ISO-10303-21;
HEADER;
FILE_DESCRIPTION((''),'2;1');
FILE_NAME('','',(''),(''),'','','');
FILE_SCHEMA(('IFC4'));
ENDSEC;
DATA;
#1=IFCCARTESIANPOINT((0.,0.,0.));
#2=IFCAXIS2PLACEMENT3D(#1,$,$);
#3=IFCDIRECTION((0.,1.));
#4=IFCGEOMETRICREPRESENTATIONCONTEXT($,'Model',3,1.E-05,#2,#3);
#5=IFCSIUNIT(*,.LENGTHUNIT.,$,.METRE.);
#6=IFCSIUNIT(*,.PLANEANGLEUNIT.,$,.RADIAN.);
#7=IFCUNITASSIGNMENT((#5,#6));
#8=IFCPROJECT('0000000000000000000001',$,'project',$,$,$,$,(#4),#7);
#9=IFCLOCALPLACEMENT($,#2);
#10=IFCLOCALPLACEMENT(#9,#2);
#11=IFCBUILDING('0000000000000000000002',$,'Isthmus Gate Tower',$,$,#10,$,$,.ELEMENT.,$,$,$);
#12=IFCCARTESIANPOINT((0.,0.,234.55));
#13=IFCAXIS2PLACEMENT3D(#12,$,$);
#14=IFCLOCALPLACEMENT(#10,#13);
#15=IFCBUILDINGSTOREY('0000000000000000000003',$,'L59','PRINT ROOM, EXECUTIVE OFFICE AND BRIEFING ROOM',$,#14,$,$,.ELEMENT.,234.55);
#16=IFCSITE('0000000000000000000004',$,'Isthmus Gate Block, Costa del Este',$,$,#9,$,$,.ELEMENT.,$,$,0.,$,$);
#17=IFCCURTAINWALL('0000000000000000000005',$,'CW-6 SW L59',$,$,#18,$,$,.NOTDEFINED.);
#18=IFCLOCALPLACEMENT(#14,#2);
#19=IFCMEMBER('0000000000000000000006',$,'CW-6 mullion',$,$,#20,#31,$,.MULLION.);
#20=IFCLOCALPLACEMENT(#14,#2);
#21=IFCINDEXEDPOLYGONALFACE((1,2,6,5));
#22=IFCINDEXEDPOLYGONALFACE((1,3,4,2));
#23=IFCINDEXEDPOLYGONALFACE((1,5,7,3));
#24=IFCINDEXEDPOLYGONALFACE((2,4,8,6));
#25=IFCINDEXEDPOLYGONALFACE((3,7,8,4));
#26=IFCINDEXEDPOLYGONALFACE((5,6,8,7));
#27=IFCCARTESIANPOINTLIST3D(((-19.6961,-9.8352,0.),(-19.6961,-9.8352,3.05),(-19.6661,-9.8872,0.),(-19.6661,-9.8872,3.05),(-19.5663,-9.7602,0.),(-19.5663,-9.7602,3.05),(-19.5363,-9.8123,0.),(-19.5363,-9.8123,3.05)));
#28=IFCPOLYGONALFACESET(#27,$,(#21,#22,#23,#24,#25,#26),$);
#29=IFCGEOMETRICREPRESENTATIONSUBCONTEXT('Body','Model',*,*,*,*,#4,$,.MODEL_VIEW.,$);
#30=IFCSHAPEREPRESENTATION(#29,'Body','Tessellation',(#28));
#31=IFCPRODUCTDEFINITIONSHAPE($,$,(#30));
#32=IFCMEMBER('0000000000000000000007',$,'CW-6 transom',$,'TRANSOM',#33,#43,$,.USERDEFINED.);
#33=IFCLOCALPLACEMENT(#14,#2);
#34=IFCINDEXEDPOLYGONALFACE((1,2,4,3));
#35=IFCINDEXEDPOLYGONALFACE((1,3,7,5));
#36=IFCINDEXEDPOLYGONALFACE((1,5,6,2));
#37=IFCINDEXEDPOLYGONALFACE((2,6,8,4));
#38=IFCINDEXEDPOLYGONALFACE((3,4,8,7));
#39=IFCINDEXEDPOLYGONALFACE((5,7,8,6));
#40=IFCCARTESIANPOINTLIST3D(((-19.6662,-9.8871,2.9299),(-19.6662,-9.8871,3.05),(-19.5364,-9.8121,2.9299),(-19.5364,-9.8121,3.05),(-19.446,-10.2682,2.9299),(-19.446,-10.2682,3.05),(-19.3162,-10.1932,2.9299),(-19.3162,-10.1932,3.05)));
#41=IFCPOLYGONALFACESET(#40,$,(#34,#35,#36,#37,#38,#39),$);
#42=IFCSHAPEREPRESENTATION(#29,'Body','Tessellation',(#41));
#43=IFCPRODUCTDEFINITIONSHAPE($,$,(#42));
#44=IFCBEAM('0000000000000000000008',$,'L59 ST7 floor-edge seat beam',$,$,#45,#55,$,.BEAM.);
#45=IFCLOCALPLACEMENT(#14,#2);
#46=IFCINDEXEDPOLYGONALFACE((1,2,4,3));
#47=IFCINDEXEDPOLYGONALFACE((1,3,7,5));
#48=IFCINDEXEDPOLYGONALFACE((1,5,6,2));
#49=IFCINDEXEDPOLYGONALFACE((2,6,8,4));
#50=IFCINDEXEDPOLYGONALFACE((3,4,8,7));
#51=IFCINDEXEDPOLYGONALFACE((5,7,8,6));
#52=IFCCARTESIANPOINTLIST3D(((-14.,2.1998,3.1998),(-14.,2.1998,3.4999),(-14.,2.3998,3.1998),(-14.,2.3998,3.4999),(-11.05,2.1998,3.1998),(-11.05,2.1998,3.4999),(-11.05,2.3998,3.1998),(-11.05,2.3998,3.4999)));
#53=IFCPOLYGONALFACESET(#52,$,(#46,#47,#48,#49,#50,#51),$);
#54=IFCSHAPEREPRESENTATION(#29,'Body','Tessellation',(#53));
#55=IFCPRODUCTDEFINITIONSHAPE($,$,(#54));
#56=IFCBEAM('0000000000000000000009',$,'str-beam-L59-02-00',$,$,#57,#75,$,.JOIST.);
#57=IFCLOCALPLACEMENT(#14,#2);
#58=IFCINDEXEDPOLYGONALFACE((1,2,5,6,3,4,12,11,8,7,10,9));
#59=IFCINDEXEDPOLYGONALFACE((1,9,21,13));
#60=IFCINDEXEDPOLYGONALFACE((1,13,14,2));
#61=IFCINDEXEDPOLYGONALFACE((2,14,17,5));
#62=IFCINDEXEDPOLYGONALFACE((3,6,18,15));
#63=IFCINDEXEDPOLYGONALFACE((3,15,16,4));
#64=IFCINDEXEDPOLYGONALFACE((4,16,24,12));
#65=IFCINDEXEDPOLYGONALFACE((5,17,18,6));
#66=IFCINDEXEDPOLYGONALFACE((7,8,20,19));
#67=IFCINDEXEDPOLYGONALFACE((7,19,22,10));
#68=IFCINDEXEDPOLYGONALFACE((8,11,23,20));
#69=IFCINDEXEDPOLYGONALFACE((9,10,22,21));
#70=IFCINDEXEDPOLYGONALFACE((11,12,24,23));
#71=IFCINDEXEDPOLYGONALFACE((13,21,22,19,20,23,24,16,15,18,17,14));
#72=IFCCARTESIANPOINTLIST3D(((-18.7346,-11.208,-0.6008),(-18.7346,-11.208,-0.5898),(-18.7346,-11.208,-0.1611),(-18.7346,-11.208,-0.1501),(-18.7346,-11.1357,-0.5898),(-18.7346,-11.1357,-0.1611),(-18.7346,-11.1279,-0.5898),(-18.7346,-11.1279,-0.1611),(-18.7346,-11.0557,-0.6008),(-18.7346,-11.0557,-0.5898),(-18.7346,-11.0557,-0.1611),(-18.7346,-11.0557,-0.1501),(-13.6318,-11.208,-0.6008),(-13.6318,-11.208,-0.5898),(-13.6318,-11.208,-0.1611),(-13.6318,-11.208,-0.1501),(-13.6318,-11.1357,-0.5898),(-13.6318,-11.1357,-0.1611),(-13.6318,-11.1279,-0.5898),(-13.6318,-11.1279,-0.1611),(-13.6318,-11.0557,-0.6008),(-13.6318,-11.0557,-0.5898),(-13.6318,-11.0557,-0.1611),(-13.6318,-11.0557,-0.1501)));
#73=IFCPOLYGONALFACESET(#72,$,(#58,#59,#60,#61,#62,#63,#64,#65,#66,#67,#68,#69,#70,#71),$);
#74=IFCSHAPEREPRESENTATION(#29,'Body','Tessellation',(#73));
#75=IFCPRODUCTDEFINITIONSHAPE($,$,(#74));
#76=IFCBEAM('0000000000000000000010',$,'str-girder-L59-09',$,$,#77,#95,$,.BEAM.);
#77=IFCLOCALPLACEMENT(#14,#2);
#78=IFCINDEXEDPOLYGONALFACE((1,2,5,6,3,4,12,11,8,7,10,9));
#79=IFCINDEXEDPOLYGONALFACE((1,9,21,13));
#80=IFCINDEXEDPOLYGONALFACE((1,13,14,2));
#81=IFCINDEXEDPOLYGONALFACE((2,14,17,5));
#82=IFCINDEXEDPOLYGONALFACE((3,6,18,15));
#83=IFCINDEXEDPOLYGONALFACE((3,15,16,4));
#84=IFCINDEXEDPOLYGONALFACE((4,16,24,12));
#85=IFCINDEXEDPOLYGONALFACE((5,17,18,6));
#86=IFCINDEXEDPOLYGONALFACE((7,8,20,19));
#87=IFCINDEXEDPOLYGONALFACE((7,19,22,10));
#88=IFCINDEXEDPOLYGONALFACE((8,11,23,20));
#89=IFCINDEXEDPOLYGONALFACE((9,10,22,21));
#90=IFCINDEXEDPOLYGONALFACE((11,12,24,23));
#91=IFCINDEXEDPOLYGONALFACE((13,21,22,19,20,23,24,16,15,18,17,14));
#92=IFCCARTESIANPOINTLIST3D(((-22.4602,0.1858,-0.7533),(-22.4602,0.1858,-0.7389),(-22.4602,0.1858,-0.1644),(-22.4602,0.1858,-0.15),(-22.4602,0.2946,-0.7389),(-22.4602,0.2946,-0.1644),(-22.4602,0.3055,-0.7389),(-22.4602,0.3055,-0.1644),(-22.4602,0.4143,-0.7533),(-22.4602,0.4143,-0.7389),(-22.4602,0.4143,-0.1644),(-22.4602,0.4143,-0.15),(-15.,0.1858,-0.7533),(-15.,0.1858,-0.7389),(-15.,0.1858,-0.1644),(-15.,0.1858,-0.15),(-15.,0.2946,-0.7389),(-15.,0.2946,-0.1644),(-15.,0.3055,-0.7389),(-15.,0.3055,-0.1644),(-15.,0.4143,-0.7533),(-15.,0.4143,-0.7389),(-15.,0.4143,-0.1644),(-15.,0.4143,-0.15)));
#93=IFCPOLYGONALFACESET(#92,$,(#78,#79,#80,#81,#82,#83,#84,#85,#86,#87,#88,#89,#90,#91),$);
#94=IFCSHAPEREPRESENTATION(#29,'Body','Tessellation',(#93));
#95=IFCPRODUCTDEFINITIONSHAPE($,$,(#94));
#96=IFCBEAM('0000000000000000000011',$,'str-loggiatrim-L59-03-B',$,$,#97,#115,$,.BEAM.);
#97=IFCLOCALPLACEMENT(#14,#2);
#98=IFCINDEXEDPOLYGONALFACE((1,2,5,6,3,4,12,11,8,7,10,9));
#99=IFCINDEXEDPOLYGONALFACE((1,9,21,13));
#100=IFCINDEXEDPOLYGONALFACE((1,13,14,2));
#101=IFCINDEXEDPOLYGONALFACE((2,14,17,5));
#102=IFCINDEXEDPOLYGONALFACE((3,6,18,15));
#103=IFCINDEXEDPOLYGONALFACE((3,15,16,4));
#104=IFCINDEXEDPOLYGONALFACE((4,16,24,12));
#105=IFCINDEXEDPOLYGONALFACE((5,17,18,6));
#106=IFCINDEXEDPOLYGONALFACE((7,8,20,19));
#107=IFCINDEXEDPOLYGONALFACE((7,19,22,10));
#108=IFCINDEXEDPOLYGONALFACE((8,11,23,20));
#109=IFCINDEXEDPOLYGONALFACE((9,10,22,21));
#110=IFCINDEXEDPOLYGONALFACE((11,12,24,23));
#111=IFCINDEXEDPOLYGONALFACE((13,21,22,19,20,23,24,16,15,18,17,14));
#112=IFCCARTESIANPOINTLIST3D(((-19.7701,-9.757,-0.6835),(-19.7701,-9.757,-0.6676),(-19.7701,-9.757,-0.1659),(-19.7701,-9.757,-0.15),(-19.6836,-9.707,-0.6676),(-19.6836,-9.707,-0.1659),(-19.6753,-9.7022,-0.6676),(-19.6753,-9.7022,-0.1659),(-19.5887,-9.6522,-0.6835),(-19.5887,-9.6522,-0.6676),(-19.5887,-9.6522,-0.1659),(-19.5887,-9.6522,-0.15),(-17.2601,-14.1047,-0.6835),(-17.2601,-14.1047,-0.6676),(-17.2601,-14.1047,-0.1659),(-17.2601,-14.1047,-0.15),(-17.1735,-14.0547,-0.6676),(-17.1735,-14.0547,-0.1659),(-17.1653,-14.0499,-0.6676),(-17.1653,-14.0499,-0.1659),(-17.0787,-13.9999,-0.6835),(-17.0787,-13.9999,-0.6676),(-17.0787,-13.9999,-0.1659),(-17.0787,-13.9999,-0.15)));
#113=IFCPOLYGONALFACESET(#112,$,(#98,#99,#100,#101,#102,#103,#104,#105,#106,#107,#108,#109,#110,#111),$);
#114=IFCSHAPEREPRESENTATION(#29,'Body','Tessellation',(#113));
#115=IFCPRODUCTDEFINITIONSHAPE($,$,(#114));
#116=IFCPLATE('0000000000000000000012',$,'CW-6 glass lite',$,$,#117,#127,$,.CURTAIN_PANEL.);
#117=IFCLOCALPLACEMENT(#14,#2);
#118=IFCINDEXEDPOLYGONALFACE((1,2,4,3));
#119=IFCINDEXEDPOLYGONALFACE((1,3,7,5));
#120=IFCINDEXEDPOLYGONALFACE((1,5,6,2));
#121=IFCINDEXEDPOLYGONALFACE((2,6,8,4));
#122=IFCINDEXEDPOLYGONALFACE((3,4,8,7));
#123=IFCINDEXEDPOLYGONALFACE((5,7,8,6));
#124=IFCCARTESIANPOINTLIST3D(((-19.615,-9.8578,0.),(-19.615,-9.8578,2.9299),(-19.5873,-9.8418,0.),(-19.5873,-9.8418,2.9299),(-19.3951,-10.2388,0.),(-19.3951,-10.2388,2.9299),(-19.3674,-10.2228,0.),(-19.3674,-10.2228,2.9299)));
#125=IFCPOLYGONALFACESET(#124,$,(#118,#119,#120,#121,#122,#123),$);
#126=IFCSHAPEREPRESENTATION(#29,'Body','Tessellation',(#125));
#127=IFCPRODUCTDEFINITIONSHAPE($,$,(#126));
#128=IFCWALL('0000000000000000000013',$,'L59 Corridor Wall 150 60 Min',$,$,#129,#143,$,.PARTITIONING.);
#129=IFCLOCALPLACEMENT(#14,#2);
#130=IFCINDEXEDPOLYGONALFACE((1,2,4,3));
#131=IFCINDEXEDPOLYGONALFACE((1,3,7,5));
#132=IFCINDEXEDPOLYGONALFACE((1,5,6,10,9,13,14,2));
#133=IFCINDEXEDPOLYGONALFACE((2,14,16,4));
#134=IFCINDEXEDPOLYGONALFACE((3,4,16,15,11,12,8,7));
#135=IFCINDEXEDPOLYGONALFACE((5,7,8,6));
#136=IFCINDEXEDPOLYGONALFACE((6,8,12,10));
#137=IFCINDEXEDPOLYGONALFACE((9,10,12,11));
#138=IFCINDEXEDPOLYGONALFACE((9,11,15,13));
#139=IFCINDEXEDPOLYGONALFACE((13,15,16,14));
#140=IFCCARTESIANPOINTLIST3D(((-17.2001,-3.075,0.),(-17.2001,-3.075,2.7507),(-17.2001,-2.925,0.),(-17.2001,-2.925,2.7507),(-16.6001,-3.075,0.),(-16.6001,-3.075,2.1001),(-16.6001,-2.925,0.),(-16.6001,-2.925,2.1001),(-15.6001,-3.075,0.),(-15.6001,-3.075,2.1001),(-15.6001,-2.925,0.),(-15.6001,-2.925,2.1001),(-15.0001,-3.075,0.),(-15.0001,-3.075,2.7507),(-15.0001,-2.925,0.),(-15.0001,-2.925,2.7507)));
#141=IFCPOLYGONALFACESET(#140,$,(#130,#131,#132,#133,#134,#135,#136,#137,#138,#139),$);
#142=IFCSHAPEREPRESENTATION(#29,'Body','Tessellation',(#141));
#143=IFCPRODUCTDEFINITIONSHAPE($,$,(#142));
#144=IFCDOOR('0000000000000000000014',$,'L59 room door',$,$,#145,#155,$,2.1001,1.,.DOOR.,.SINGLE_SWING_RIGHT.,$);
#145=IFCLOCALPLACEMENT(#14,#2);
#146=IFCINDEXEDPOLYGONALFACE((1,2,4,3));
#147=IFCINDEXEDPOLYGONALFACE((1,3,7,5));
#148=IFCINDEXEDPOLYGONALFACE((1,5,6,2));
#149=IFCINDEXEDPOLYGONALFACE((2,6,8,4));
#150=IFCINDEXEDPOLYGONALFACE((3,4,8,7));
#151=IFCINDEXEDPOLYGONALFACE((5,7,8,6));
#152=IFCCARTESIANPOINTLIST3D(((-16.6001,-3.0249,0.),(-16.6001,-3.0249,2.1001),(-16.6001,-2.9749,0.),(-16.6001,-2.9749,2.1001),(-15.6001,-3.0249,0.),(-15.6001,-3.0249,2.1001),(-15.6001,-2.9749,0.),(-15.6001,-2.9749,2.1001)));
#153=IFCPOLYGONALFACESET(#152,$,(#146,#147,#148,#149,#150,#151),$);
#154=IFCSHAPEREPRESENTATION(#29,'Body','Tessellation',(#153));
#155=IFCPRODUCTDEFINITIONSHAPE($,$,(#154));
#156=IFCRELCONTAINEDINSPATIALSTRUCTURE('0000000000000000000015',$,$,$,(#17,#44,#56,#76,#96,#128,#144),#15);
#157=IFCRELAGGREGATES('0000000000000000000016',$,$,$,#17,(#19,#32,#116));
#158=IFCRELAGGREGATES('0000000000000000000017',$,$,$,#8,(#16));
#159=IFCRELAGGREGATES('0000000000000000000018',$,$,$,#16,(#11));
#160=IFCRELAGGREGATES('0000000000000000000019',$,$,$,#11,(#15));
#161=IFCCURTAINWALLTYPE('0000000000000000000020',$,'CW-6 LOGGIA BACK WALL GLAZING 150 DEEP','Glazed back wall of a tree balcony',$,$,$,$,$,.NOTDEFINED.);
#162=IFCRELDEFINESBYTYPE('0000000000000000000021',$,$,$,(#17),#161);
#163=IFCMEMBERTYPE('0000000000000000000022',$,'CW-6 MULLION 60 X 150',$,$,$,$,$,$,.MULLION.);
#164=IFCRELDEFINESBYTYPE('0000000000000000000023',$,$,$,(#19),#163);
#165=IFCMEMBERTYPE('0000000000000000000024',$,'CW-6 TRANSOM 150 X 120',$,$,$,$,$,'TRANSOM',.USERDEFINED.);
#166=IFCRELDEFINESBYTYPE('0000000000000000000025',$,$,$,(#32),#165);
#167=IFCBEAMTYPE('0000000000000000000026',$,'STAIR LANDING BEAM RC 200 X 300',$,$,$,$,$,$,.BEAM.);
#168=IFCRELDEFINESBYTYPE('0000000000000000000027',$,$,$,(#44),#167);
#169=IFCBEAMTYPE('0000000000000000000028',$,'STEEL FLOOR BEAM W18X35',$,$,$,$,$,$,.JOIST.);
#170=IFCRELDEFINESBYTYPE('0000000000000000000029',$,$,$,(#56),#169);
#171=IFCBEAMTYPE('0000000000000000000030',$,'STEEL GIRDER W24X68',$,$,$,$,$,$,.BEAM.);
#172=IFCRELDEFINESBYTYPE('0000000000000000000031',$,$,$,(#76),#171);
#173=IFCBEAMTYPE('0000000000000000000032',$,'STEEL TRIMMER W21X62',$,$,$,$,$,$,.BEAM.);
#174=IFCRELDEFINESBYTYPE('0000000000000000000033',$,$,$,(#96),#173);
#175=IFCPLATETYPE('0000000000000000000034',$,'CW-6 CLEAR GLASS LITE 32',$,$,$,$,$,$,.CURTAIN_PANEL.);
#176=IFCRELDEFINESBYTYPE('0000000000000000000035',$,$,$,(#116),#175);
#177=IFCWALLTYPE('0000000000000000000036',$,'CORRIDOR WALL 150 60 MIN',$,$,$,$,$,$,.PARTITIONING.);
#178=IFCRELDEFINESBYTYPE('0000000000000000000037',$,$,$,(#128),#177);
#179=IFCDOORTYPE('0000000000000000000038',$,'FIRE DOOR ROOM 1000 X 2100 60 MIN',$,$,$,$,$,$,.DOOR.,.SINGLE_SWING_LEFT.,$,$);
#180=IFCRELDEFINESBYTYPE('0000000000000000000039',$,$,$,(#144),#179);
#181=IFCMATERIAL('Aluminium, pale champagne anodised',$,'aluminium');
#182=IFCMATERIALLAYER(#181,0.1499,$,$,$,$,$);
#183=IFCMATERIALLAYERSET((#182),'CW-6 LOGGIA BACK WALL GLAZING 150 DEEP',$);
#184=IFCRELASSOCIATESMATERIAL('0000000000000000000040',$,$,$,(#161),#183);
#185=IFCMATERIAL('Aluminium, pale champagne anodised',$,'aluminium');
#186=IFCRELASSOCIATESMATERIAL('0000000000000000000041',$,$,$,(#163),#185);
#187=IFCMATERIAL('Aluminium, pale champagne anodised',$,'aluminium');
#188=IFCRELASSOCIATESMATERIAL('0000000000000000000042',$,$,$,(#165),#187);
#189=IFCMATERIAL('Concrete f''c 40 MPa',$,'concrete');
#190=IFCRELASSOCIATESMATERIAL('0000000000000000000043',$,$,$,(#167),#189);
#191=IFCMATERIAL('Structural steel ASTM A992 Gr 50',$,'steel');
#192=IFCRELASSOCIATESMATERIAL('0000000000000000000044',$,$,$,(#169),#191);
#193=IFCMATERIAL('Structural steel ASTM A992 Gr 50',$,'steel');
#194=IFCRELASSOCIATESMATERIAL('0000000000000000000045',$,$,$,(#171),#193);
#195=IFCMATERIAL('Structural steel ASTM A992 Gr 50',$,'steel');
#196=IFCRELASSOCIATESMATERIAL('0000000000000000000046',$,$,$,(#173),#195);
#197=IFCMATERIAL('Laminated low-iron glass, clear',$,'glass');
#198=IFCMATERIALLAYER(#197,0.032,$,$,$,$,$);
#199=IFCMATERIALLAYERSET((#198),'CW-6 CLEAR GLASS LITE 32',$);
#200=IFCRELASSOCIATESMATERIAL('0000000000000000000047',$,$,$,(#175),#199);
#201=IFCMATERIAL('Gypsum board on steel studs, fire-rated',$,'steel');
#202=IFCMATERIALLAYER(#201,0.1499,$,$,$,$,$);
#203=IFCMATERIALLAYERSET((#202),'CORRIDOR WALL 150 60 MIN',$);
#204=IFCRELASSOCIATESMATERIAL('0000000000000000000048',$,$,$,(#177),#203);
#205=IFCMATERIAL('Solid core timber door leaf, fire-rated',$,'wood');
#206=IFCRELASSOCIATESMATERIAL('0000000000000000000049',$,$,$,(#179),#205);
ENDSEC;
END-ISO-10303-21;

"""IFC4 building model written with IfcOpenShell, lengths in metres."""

from ifc_helpers import new_model, si_unit, direction, frame, frame_2d, origin, origin_2d, place, context, subcontext, project, spatial, rectangle, i_section, extrude, material, layer, layer_set, material_profile, profile_set, type_object, element, fill, aggregate, save


model = new_model("IFC4")

# Units and contexts
model_context = context("Model", 3, precision=1e-05, world=origin(), true_north=direction((0.0, 1.0)))
body_context = subcontext(model_context, "Body", "Model", "MODEL_VIEW")
ifc_project = project(units=[si_unit("LENGTHUNIT", "METRE"), si_unit("PLANEANGLEUNIT", "RADIAN")], contexts=[model_context])

# Site, building, storey
site_placement = place(None, origin())
site = spatial("IfcSite", under=ifc_project, at=site_placement, Name="Isthmus Gate Block, Costa del Este", CompositionType="ELEMENT", RefElevation=0.0)
building_placement = place(site_placement, origin())
building = spatial("IfcBuilding", under=site, at=building_placement, Name="Isthmus Gate Tower", CompositionType="ELEMENT")
storey_placement = place(building_placement, frame((0.0, 0.0, 234.55)))
storey = spatial("IfcBuildingStorey", under=building, at=storey_placement, Name="L59", Description="PRINT ROOM, EXECUTIVE OFFICE AND BRIEFING ROOM", CompositionType="ELEMENT", Elevation=234.55)

# Curtain wall, members
ifc_material_1 = material(Name="Aluminium, pale champagne anodised", Category="aluminium")
ifc_layer_1 = layer(ifc_material_1, 0.1499)
ifc_layer_set_1 = layer_set([ifc_layer_1], Name="CW-6 LOGGIA BACK WALL GLAZING 150 DEEP")
curtain_wall_type = type_object("IfcCurtainWallType", Name="CW-6 LOGGIA BACK WALL GLAZING 150 DEEP", Description="Glazed back wall of a tree balcony", PredefinedType="NOTDEFINED", material=ifc_layer_set_1)
curtain_wall_placement = place(storey_placement, origin())
curtain_wall = element("IfcCurtainWall", 1, at=curtain_wall_placement, inside=storey, type_object=curtain_wall_type, Name="CW-6 SW L59", PredefinedType="NOTDEFINED")
ifc_material_2 = material(Name="Aluminium, pale champagne anodised", Category="aluminium")
ifc_material_profile_1 = material_profile(ifc_material_2, rectangle(XDim=0.0601, YDim=0.1499, at=origin_2d()), Name="60x150")
ifc_profile_set_1 = profile_set([ifc_material_profile_1], Name="Aluminium, pale champagne anodised")
member_type_1 = type_object("IfcMemberType", Name="CW-6 MULLION 60 X 150", PredefinedType="MULLION", material=ifc_profile_set_1)
member_1_placement = place(storey_placement, frame((-19.6162, -9.8237, 0.0), z_axis=(0.0, 0.0, 1.0), x_axis=(0.5, -0.866025, 0.0)))
member_1 = element("IfcMember", 2, at=member_1_placement, type_object=member_type_1, Name="CW-6 mullion", PredefinedType="MULLION", context=body_context, shape_type="SweptSolid", body=[
    extrude(rectangle(XDim=0.0601, YDim=0.1499, at=origin_2d()), origin(), (0.0, 0.0, 1.0), 3.05),
])
ifc_material_3 = material(Name="Aluminium, pale champagne anodised", Category="aluminium")
ifc_material_profile_2 = material_profile(ifc_material_3, rectangle(XDim=0.1499, YDim=0.1201, at=origin_2d()), Name="150x120")
ifc_profile_set_2 = profile_set([ifc_material_profile_2], Name="Aluminium, pale champagne anodised")
member_type_2 = type_object("IfcMemberType", Name="CW-6 TRANSOM 150 X 120", ElementType="TRANSOM", PredefinedType="USERDEFINED", material=ifc_profile_set_2)
member_2_placement = place(storey_placement, frame((-19.6013, -9.8496, 2.99), z_axis=(0.500315, -0.865844, 0.0), x_axis=(0.865844, 0.500315, 0.0)))
member_2 = element("IfcMember", 3, at=member_2_placement, type_object=member_type_2, Name="CW-6 transom", ObjectType="TRANSOM", PredefinedType="USERDEFINED", context=body_context, shape_type="SweptSolid", body=[
    extrude(rectangle(XDim=0.1499, YDim=0.1201, at=origin_2d()), origin(), (0.0, 0.0, 1.0), 0.4402),
])

# Beams
ifc_material_4 = material(Name="Concrete f'c 40 MPa", Category="concrete")
ifc_material_profile_3 = material_profile(ifc_material_4, rectangle(XDim=0.2, YDim=0.3, at=origin_2d()), Name="STAIR LANDING BEAM RC 200 X 300")
ifc_profile_set_3 = profile_set([ifc_material_profile_3], Name="Concrete f'c 40 MPa")
beam_type_1 = type_object("IfcBeamType", Name="STAIR LANDING BEAM RC 200 X 300", PredefinedType="BEAM", material=ifc_profile_set_3)
beam_1_placement = place(storey_placement, frame((-14.0, 2.2998, 3.3499), z_axis=(1.0, 0.0, 0.0), x_axis=(0.0, 1.0, 0.0)))
element("IfcBeam", 4, at=beam_1_placement, inside=storey, type_object=beam_type_1, Name="L59 ST7 floor-edge seat beam", PredefinedType="BEAM", context=body_context, shape_type="SweptSolid", body=[
    extrude(rectangle(XDim=0.2, YDim=0.3, at=origin_2d()), origin(), (0.0, 0.0, 1.0), 2.95),
])
ifc_material_5 = material(Name="Structural steel ASTM A992 Gr 50", Category="steel")
ifc_material_profile_4 = material_profile(ifc_material_5, i_section(OverallWidth=0.1523, OverallDepth=0.4507, WebThickness=0.0078, FlangeThickness=0.011, at=origin_2d()), Name="W18X35")
ifc_profile_set_4 = profile_set([ifc_material_profile_4], Name="Structural steel ASTM A992 Gr 50")
beam_type_2 = type_object("IfcBeamType", Name="STEEL FLOOR BEAM W18X35", PredefinedType="JOIST", material=ifc_profile_set_4)
beam_2_placement = place(storey_placement, frame((-18.7346, -11.1318, -0.3755), z_axis=(1.0, 0.0, 0.0), x_axis=(0.0, 1.0, 0.0)))
element("IfcBeam", 5, at=beam_2_placement, inside=storey, type_object=beam_type_2, Name="str-beam-L59-02-00", PredefinedType="JOIST", context=body_context, shape_type="SweptSolid", body=[
    extrude(i_section(OverallWidth=0.1523, OverallDepth=0.4507, WebThickness=0.0078, FlangeThickness=0.011, at=origin_2d()), origin(), (0.0, 0.0, 1.0), 5.1028),
])
ifc_material_6 = material(Name="Structural steel ASTM A992 Gr 50", Category="steel")
ifc_material_profile_5 = material_profile(ifc_material_6, i_section(OverallWidth=0.2285, OverallDepth=0.6033, WebThickness=0.011, FlangeThickness=0.0144, at=origin_2d()), Name="W24X68")
ifc_profile_set_5 = profile_set([ifc_material_profile_5], Name="Structural steel ASTM A992 Gr 50")
beam_type_3 = type_object("IfcBeamType", Name="STEEL GIRDER W24X68", PredefinedType="BEAM", material=ifc_profile_set_5)
beam_3_placement = place(storey_placement, frame((-15.0, 0.3, -0.4517), z_axis=(-1.0, 0.0, 0.0), x_axis=(0.0, -1.0, 0.0)))
element("IfcBeam", 6, at=beam_3_placement, inside=storey, type_object=beam_type_3, Name="str-girder-L59-09", PredefinedType="BEAM", context=body_context, shape_type="SweptSolid", body=[
    extrude(i_section(OverallWidth=0.2285, OverallDepth=0.6033, WebThickness=0.011, FlangeThickness=0.0144, at=origin_2d()), origin(), (0.0, 0.0, 1.0), 7.4602),
])
ifc_material_7 = material(Name="Structural steel ASTM A992 Gr 50", Category="steel")
ifc_material_profile_6 = material_profile(ifc_material_7, i_section(OverallWidth=0.2095, OverallDepth=0.5334, WebThickness=0.0095, FlangeThickness=0.0159, at=origin_2d()), Name="W21X62")
ifc_profile_set_6 = profile_set([ifc_material_profile_6], Name="Structural steel ASTM A992 Gr 50")
beam_type_4 = type_object("IfcBeamType", Name="STEEL TRIMMER W21X62", PredefinedType="BEAM", material=ifc_profile_set_6)
beam_4_placement = place(storey_placement, frame((-19.6794, -9.7046, -0.4167), z_axis=(0.499983, -0.866035, 0.0), x_axis=(0.866035, 0.499983, 0.0)))
element("IfcBeam", 7, at=beam_4_placement, inside=storey, type_object=beam_type_4, Name="str-loggiatrim-L59-03-B", PredefinedType="BEAM", context=body_context, shape_type="SweptSolid", body=[
    extrude(i_section(OverallWidth=0.2095, OverallDepth=0.5334, WebThickness=0.0095, FlangeThickness=0.0159, at=origin_2d()), origin(), (0.0, 0.0, 1.0), 5.0203),
])

# Plate
ifc_material_8 = material(Name="Laminated low-iron glass, clear", Category="glass")
ifc_layer_2 = layer(ifc_material_8, 0.032)
ifc_layer_set_2 = layer_set([ifc_layer_2], Name="CW-6 CLEAR GLASS LITE 32")
plate_type = type_object("IfcPlateType", Name="CW-6 CLEAR GLASS LITE 32", PredefinedType="CURTAIN_PANEL", material=ifc_layer_set_2)
plate_placement = place(storey_placement, frame((-19.4912, -10.0403, 0.0), z_axis=(0.0, 0.0, 1.0), x_axis=(0.5, -0.866025, 0.0)))
plate = element("IfcPlate", 8, at=plate_placement, type_object=plate_type, Name="CW-6 glass lite", PredefinedType="CURTAIN_PANEL", context=body_context, shape_type="SweptSolid", body=[
    extrude(rectangle(XDim=0.4399, YDim=0.032, at=origin_2d()), origin(), (0.0, 0.0, 1.0), 2.9299),
])
aggregate(curtain_wall, [member_1, member_2, plate])

# Wall, opening, door
ifc_material_9 = material(Name="Gypsum board on steel studs, fire-rated", Category="steel")
ifc_layer_3 = layer(ifc_material_9, 0.1499)
ifc_layer_set_3 = layer_set([ifc_layer_3], Name="CORRIDOR WALL 150 60 MIN")
wall_type_1 = type_object("IfcWallType", Name="CORRIDOR WALL 150 60 MIN", PredefinedType="PARTITIONING", material=ifc_layer_set_3)
wall_1_placement = place(storey_placement, frame((-15.0, -3.0, 0.0), z_axis=(0.0, 0.0, 1.0), x_axis=(-1.0, 0.0, 0.0)))
wall_1 = element("IfcWall", 9, at=wall_1_placement, inside=storey, type_object=wall_type_1, Name="L59 Corridor Wall 150 60 Min", PredefinedType="PARTITIONING", context=body_context, shape_type="SweptSolid", body=[
    extrude(rectangle(XDim=2.2, YDim=0.1499, at=frame_2d((1.1001, 0.0))), origin(), (0.0, 0.0, 1.0), 2.7507),
])
opening_1_placement = place(wall_1_placement, frame((0.6001, 0.0, 0.0)))
opening_1 = element("IfcOpeningElement", 10, at=opening_1_placement, cuts=wall_1, PredefinedType="OPENING", context=body_context, shape_type="SweptSolid", body=[
    extrude(rectangle(XDim=1.0, YDim=2.1001, at=frame_2d((0.5, 1.05))), frame((0.0, 0.085, 0.0), z_axis=(0.0, -1.0, 0.0), x_axis=(1.0, 0.0, 0.0)), (0.0, 0.0, 1.0), 0.1699),
])
ifc_material_10 = material(Name="Solid core timber door leaf, fire-rated", Category="wood")
door_type_1 = type_object("IfcDoorType", Name="FIRE DOOR ROOM 1000 X 2100 60 MIN", OperationType="SINGLE_SWING_LEFT", PredefinedType="DOOR", material=ifc_material_10)
door_1_placement = place(opening_1_placement, origin())
door_1 = element("IfcDoor", 11, at=door_1_placement, inside=storey, type_object=door_type_1, Name="L59 room door", OperationType="SINGLE_SWING_RIGHT", OverallHeight=2.1001, OverallWidth=1.0, PredefinedType="DOOR", context=body_context, shape_type="SweptSolid", body=[
    extrude(rectangle(XDim=1.0, YDim=2.1001, at=frame_2d((0.5, 1.05))), frame((0.0, 0.0249, 0.0), z_axis=(0.0, -1.0, 0.0), x_axis=(1.0, 0.0, 0.0)), (0.0, 0.0, 1.0), 0.05),
])
fill(opening_1, door_1)

save(model, "model.ifc")
